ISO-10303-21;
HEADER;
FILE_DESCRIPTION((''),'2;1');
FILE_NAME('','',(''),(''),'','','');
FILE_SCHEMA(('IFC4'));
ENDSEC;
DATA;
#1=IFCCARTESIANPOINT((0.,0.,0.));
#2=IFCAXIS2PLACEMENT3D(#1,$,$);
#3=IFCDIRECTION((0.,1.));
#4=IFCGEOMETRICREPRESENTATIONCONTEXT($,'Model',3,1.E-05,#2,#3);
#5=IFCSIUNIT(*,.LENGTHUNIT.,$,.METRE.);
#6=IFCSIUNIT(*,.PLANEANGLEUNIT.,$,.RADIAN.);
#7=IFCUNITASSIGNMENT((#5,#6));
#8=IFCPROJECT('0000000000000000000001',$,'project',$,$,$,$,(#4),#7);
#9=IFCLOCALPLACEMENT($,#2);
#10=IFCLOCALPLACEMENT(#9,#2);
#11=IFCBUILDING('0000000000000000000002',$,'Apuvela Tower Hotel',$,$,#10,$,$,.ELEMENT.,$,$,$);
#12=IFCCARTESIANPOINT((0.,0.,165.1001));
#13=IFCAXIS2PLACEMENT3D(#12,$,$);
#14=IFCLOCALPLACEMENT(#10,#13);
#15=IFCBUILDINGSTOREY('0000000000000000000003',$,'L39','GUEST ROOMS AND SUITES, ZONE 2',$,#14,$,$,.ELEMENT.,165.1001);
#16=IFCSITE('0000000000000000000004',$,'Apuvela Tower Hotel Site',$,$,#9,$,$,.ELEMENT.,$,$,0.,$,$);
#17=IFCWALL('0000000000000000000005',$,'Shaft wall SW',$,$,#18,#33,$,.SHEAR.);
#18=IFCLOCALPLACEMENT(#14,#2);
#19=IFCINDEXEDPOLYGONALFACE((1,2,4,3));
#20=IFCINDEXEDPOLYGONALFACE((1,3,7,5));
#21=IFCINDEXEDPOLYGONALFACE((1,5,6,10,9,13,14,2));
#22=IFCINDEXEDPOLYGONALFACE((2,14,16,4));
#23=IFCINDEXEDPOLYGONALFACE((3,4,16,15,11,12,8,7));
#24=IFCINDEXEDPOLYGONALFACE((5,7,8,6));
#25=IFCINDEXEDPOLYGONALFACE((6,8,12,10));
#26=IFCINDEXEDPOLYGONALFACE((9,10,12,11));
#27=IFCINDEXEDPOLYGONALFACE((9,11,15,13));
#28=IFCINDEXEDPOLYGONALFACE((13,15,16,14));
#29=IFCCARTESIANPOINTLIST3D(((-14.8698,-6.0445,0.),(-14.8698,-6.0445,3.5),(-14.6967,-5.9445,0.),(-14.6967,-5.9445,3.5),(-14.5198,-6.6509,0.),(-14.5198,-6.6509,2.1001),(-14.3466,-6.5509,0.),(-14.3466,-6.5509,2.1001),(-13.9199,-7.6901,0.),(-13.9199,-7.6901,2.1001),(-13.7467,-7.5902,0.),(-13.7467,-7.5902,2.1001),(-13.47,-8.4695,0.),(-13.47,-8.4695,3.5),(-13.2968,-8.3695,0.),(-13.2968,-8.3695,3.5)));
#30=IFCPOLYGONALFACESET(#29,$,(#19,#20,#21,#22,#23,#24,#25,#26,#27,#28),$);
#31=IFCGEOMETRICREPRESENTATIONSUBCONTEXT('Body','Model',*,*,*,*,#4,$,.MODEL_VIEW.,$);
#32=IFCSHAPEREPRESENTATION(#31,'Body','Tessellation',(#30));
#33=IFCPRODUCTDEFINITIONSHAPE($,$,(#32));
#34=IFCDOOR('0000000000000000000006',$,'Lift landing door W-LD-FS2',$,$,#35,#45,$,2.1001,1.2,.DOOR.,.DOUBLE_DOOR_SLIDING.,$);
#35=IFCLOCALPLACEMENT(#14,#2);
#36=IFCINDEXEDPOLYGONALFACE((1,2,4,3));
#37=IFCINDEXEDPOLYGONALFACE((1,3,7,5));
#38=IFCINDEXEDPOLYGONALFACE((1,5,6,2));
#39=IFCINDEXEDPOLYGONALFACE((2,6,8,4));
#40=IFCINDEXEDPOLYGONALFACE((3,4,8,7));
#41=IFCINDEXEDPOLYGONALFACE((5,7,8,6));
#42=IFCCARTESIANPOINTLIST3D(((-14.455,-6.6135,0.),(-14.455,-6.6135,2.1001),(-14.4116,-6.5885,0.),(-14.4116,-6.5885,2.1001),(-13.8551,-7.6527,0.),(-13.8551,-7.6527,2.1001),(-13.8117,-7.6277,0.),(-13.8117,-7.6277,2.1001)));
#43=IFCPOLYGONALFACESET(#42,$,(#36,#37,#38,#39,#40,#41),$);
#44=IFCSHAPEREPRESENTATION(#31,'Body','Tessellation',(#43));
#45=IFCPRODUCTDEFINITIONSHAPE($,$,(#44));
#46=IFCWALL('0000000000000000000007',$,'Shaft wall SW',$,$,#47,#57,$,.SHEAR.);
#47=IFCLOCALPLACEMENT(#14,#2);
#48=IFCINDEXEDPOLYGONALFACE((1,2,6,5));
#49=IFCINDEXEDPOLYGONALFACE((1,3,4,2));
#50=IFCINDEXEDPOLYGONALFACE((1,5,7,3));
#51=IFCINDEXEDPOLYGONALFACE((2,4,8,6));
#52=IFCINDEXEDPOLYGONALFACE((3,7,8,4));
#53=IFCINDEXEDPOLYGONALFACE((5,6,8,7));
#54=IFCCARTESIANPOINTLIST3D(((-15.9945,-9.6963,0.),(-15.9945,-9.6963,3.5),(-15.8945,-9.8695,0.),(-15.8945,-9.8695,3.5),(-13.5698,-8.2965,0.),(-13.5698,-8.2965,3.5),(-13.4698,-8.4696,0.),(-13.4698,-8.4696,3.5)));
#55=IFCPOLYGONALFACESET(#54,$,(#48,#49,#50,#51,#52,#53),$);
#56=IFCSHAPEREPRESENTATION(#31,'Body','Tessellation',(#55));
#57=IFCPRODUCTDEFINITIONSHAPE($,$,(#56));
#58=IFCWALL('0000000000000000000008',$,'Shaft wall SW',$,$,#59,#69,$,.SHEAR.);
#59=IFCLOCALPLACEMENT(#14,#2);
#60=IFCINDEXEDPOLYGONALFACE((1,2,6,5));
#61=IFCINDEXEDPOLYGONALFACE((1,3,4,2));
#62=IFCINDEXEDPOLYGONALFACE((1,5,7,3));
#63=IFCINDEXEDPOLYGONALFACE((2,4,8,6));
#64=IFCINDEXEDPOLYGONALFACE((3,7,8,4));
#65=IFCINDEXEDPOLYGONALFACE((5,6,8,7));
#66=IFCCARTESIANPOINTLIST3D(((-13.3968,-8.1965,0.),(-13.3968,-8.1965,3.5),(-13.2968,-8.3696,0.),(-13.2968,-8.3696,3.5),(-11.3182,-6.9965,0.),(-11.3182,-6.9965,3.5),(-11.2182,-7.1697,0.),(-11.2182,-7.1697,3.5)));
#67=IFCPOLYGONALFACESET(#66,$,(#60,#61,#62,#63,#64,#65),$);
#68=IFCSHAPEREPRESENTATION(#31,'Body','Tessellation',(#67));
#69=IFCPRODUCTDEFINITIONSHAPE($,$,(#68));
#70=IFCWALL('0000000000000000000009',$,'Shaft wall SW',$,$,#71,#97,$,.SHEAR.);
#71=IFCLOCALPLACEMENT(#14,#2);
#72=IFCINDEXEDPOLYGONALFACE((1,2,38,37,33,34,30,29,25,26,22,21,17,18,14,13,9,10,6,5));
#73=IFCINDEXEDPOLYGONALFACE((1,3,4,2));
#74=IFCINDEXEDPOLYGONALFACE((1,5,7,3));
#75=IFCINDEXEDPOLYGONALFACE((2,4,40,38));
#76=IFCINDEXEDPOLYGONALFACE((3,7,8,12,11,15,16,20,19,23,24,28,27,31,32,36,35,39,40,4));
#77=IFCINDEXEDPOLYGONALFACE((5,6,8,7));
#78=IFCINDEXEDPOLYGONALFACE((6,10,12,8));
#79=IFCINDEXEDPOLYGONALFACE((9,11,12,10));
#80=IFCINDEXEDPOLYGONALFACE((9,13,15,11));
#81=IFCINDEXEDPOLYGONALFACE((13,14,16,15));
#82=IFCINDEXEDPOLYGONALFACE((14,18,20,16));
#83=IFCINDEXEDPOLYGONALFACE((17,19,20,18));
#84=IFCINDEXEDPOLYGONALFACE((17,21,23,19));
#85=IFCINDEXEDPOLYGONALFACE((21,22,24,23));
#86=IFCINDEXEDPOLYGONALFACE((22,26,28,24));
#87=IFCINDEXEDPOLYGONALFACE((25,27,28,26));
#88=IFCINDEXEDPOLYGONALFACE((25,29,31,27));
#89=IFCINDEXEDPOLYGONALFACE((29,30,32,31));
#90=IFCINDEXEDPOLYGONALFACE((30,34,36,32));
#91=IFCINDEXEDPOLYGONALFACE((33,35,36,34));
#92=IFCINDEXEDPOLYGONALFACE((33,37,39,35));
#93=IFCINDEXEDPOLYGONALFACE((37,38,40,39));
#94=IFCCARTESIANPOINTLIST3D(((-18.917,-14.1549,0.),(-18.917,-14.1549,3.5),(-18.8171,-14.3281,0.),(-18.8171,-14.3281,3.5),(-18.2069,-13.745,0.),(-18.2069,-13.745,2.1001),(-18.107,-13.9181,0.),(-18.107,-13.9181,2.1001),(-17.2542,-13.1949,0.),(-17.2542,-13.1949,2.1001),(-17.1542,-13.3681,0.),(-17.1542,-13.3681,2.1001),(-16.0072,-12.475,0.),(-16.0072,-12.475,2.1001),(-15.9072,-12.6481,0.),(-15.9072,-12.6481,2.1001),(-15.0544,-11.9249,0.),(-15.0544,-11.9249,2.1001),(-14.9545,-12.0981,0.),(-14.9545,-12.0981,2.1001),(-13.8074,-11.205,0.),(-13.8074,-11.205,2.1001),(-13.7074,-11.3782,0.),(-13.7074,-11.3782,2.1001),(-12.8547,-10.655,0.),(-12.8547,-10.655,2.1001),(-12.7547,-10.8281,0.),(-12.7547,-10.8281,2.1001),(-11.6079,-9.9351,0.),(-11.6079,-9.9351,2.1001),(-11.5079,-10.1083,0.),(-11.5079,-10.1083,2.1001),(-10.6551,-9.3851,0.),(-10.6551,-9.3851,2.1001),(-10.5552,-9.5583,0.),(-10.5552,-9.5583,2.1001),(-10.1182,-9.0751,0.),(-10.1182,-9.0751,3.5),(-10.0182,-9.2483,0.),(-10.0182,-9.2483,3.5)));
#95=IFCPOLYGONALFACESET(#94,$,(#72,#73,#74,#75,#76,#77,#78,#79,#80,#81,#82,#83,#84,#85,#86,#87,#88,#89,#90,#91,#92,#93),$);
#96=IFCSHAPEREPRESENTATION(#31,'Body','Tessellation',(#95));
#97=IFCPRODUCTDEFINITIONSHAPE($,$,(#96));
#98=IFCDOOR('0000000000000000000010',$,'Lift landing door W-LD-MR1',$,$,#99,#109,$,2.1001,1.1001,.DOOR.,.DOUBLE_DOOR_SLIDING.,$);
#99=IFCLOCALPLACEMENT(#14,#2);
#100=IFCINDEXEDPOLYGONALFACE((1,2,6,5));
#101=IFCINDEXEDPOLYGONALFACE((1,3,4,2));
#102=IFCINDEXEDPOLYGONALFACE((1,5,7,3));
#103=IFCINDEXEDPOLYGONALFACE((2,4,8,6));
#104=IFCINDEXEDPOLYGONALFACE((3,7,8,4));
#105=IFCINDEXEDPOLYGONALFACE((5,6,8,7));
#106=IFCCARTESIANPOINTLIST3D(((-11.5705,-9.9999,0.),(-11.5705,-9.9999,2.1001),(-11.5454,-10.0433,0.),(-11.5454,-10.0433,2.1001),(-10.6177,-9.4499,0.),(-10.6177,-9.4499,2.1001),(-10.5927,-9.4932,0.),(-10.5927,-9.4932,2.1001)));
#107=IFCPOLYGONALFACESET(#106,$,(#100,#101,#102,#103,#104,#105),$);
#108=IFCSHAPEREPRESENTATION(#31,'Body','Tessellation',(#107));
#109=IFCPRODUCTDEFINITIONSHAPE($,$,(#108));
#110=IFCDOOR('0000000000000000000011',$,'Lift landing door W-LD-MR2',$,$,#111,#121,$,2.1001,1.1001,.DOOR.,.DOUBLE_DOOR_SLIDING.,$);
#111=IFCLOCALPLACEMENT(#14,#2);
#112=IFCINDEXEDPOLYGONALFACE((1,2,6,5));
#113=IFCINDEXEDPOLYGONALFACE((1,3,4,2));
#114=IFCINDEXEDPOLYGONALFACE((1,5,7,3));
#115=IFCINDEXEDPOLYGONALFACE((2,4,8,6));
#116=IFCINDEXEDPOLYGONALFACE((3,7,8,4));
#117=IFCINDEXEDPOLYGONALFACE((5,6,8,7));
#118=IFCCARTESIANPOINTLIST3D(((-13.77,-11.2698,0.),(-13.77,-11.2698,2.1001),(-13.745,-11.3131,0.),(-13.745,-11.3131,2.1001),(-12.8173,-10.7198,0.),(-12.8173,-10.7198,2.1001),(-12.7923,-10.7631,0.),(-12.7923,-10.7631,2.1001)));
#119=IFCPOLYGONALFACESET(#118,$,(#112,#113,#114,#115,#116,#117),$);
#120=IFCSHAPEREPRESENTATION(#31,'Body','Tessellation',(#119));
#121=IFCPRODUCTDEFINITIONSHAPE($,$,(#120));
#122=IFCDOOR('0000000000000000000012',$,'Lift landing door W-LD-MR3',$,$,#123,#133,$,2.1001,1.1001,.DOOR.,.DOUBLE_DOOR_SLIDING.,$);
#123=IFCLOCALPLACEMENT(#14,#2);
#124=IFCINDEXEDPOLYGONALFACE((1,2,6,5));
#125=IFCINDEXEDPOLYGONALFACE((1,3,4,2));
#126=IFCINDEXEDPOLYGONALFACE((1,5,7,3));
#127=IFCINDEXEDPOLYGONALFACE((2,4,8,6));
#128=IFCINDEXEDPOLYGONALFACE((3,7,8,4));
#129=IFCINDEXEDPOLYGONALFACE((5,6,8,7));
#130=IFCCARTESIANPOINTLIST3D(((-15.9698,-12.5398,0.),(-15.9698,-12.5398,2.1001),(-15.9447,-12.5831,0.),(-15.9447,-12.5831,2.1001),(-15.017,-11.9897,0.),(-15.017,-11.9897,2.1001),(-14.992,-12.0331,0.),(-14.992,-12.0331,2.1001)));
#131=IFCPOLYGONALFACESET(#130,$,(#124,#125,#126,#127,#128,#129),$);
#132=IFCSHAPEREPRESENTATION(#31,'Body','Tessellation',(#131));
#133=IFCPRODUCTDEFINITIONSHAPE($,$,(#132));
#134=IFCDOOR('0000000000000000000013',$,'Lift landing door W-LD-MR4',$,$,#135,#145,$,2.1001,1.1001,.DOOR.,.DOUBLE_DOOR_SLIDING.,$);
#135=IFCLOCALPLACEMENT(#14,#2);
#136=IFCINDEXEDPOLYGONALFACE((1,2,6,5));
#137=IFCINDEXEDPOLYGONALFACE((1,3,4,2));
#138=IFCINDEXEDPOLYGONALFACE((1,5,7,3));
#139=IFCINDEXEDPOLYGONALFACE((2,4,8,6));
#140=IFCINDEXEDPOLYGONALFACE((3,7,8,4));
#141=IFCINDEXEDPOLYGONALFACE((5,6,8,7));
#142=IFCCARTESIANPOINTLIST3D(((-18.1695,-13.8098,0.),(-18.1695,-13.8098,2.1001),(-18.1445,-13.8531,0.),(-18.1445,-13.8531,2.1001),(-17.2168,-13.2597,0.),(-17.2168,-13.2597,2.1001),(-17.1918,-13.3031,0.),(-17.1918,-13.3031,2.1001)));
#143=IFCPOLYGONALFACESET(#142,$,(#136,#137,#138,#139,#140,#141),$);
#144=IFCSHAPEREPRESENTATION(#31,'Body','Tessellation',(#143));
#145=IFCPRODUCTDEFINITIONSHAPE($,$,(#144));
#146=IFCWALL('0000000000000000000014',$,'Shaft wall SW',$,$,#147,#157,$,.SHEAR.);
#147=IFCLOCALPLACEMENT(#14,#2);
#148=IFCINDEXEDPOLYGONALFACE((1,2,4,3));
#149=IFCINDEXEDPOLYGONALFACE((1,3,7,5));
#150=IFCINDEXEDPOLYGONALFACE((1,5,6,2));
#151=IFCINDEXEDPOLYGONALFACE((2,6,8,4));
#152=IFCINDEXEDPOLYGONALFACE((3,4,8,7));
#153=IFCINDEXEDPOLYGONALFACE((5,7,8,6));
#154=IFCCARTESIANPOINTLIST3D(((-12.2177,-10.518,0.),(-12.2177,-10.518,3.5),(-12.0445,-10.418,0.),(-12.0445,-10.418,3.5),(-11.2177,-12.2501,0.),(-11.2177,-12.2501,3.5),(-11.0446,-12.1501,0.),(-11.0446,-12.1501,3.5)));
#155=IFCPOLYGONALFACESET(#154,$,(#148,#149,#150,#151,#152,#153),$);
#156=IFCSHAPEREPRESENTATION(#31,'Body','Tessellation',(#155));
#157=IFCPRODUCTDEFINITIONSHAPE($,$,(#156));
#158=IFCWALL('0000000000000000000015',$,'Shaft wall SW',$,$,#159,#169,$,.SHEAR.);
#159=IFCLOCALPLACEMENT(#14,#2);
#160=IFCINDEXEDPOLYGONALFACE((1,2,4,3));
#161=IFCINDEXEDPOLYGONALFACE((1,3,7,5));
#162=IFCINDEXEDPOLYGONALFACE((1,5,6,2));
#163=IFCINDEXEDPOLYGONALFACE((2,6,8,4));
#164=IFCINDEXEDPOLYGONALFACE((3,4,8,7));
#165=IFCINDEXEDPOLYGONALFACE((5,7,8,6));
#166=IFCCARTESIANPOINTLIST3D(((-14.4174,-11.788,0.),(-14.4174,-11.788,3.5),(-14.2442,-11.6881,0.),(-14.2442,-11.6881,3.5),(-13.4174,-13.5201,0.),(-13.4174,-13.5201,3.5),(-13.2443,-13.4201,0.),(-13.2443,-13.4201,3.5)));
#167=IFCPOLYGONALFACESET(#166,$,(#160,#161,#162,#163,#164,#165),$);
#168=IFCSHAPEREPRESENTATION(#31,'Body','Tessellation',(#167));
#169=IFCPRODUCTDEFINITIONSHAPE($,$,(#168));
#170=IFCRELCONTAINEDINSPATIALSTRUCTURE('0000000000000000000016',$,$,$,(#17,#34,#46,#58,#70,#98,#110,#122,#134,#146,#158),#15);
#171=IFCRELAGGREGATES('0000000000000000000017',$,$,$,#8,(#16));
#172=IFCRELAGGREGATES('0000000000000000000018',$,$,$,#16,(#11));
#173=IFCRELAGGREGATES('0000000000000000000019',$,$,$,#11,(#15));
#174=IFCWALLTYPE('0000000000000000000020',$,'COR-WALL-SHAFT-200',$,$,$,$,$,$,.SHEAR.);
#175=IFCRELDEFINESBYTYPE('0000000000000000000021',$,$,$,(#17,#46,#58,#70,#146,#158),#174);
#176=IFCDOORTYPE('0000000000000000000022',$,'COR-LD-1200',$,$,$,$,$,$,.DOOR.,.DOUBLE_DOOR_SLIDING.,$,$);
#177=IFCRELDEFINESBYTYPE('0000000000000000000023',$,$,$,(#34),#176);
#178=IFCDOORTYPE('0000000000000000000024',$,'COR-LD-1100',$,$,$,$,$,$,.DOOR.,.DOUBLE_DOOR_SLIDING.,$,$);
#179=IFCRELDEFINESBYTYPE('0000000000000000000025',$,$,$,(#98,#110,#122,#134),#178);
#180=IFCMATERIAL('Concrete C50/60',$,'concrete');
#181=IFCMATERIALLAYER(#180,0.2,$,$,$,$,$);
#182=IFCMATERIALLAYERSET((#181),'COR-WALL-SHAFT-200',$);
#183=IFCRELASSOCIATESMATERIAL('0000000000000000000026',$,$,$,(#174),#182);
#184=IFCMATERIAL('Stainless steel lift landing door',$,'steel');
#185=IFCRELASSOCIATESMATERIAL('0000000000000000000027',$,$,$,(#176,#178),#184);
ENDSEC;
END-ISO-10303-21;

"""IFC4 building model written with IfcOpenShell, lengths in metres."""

from ifc_helpers import new_model, si_unit, direction, frame, frame_2d, origin, place, context, subcontext, project, spatial, rectangle, extrude, material, layer, layer_set, type_object, element, fill, save


model = new_model("IFC4")

# Units and contexts
model_context = context("Model", 3, precision=1e-05, world=origin(), true_north=direction((0.0, 1.0)))
body_context = subcontext(model_context, "Body", "Model", "MODEL_VIEW")
ifc_project = project(units=[si_unit("LENGTHUNIT", "METRE"), si_unit("PLANEANGLEUNIT", "RADIAN")], contexts=[model_context])

# Site, building, storey
site_placement = place(None, origin())
site = spatial("IfcSite", under=ifc_project, at=site_placement, Name="Apuvela Tower Hotel Site", CompositionType="ELEMENT", RefElevation=0.0)
building_placement = place(site_placement, origin())
building = spatial("IfcBuilding", under=site, at=building_placement, Name="Apuvela Tower Hotel", CompositionType="ELEMENT")
storey_placement = place(building_placement, frame((0.0, 0.0, 165.1001)))
storey = spatial("IfcBuildingStorey", under=building, at=storey_placement, Name="L39", Description="GUEST ROOMS AND SUITES, ZONE 2", CompositionType="ELEMENT", Elevation=165.1001)

# Shared definitions
ifc_material_1 = material(Name="Concrete C50/60", Category="concrete")

# Wall, opening, door
ifc_layer_1 = layer(ifc_material_1, 0.2)
ifc_layer_set_1 = layer_set([ifc_layer_1], Name="COR-WALL-SHAFT-200")
wall_type_1 = type_object("IfcWallType", Name="COR-WALL-SHAFT-200", PredefinedType="SHEAR", material=ifc_layer_set_1)
wall_1_placement = place(storey_placement, frame((-14.7832, -5.9946, 0.0), z_axis=(0.0, 0.0, 1.0), x_axis=(0.499946, -0.866056, 0.0)))
wall_1 = element("IfcWall", 1, at=wall_1_placement, inside=storey, type_object=wall_type_1, Name="Shaft wall SW", PredefinedType="SHEAR", context=body_context, shape_type="SweptSolid", body=[
    extrude(rectangle(XDim=2.8, YDim=0.2, at=frame_2d((1.3999, 0.0))), origin(), (0.0, 0.0, 1.0), 3.5),
])
opening_1_placement = place(wall_1_placement, frame((0.7, 0.0, 0.0)))
opening_1 = element("IfcOpeningElement", 2, at=opening_1_placement, cuts=wall_1, PredefinedType="OPENING", context=body_context, shape_type="SweptSolid", body=[
    extrude(rectangle(XDim=1.2, YDim=2.1001, at=frame_2d((0.6001, 1.05))), frame((0.0, 0.1099, 0.0), z_axis=(0.0, -1.0, 0.0), x_axis=(1.0, 0.0, 0.0)), (0.0, 0.0, 1.0), 0.22),
])
ifc_material_2 = material(Name="Stainless steel lift landing door", Category="steel")
door_type_1 = type_object("IfcDoorType", Name="COR-LD-1200", OperationType="DOUBLE_DOOR_SLIDING", PredefinedType="DOOR", material=ifc_material_2)
door_1_placement = place(opening_1_placement, origin())
door_1 = element("IfcDoor", 3, at=door_1_placement, inside=storey, type_object=door_type_1, Name="Lift landing door W-LD-FS2", OperationType="DOUBLE_DOOR_SLIDING", OverallHeight=2.1001, OverallWidth=1.2, PredefinedType="DOOR", context=body_context, shape_type="SweptSolid", body=[
    extrude(rectangle(XDim=1.2, YDim=2.1001, at=frame_2d((0.6001, 1.05))), frame((0.0, 0.0249, 0.0), z_axis=(0.0, -1.0, 0.0), x_axis=(1.0, 0.0, 0.0)), (0.0, 0.0, 1.0), 0.05),
])
fill(opening_1, door_1)

# Walls
wall_2_placement = place(storey_placement, frame((-13.5198, -8.3831, 0.0), z_axis=(0.0, 0.0, 1.0), x_axis=(-0.866035, -0.499984, 0.0)))
element("IfcWall", 4, at=wall_2_placement, inside=storey, type_object=wall_type_1, Name="Shaft wall SW", PredefinedType="SHEAR", context=body_context, shape_type="SweptSolid", body=[
    extrude(rectangle(XDim=2.7998, YDim=0.2, at=frame_2d((1.3999, 0.0))), origin(), (0.0, 0.0, 1.0), 3.5),
])
wall_3_placement = place(storey_placement, frame((-11.2681, -7.083, 0.0), z_axis=(0.0, 0.0, 1.0), x_axis=(-0.86605, -0.499957, 0.0)))
element("IfcWall", 5, at=wall_3_placement, inside=storey, type_object=wall_type_1, Name="Shaft wall SW", PredefinedType="SHEAR", context=body_context, shape_type="SweptSolid", body=[
    extrude(rectangle(XDim=2.4001, YDim=0.2, at=frame_2d((1.2002, 0.0))), origin(), (0.0, 0.0, 1.0), 3.5),
])

# Wall, openings, doors
wall_4_placement = place(storey_placement, frame((-10.0681, -9.1616, 0.0), z_axis=(0.0, 0.0, 1.0), x_axis=(-0.866033, -0.499987, 0.0)))
wall_4 = element("IfcWall", 6, at=wall_4_placement, inside=storey, type_object=wall_type_1, Name="Shaft wall SW", PredefinedType="SHEAR", context=body_context, shape_type="SweptSolid", body=[
    extrude(rectangle(XDim=10.1599, YDim=0.2, at=frame_2d((5.0801, 0.0))), origin(), (0.0, 0.0, 1.0), 3.5),
])
opening_2_placement = place(wall_4_placement, frame((0.6201, 0.0, 0.0)))
opening_2 = element("IfcOpeningElement", 7, at=opening_2_placement, cuts=wall_4, PredefinedType="OPENING", context=body_context, shape_type="SweptSolid", body=[
    extrude(rectangle(XDim=1.1001, YDim=2.1001, at=frame_2d((0.55, 1.05))), frame((0.0, 0.1099, 0.0), z_axis=(0.0, -1.0, 0.0), x_axis=(1.0, 0.0, 0.0)), (0.0, 0.0, 1.0), 0.22),
])
opening_3_placement = place(wall_4_placement, frame((3.1599, 0.0, 0.0)))
opening_3 = element("IfcOpeningElement", 8, at=opening_3_placement, cuts=wall_4, PredefinedType="OPENING", context=body_context, shape_type="SweptSolid", body=[
    extrude(rectangle(XDim=1.1001, YDim=2.1001, at=frame_2d((0.55, 1.05))), frame((0.0, 0.1099, 0.0), z_axis=(0.0, -1.0, 0.0), x_axis=(1.0, 0.0, 0.0)), (0.0, 0.0, 1.0), 0.22),
])
opening_4_placement = place(wall_4_placement, frame((5.7, 0.0, 0.0)))
opening_4 = element("IfcOpeningElement", 9, at=opening_4_placement, cuts=wall_4, PredefinedType="OPENING", context=body_context, shape_type="SweptSolid", body=[
    extrude(rectangle(XDim=1.1001, YDim=2.1001, at=frame_2d((0.55, 1.05))), frame((0.0, 0.1099, 0.0), z_axis=(0.0, -1.0, 0.0), x_axis=(1.0, 0.0, 0.0)), (0.0, 0.0, 1.0), 0.22),
])
opening_5_placement = place(wall_4_placement, frame((8.24, 0.0, 0.0)))
opening_5 = element("IfcOpeningElement", 10, at=opening_5_placement, cuts=wall_4, PredefinedType="OPENING", context=body_context, shape_type="SweptSolid", body=[
    extrude(rectangle(XDim=1.1001, YDim=2.1001, at=frame_2d((0.55, 1.05))), frame((0.0, 0.1099, 0.0), z_axis=(0.0, -1.0, 0.0), x_axis=(1.0, 0.0, 0.0)), (0.0, 0.0, 1.0), 0.22),
])
door_type_2 = type_object("IfcDoorType", Name="COR-LD-1100", OperationType="DOUBLE_DOOR_SLIDING", PredefinedType="DOOR", material=ifc_material_2)
door_2_placement = place(opening_2_placement, origin())
door_2 = element("IfcDoor", 11, at=door_2_placement, inside=storey, type_object=door_type_2, Name="Lift landing door W-LD-MR1", OperationType="DOUBLE_DOOR_SLIDING", OverallHeight=2.1001, OverallWidth=1.1001, PredefinedType="DOOR", context=body_context, shape_type="SweptSolid", body=[
    extrude(rectangle(XDim=1.1001, YDim=2.1001, at=frame_2d((0.55, 1.05))), frame((0.0, 0.0249, 0.0), z_axis=(0.0, -1.0, 0.0), x_axis=(1.0, 0.0, 0.0)), (0.0, 0.0, 1.0), 0.05),
])
fill(opening_2, door_2)
door_3_placement = place(opening_3_placement, origin())
door_3 = element("IfcDoor", 12, at=door_3_placement, inside=storey, type_object=door_type_2, Name="Lift landing door W-LD-MR2", OperationType="DOUBLE_DOOR_SLIDING", OverallHeight=2.1001, OverallWidth=1.1001, PredefinedType="DOOR", context=body_context, shape_type="SweptSolid", body=[
    extrude(rectangle(XDim=1.1001, YDim=2.1001, at=frame_2d((0.55, 1.05))), frame((0.0, 0.0249, 0.0), z_axis=(0.0, -1.0, 0.0), x_axis=(1.0, 0.0, 0.0)), (0.0, 0.0, 1.0), 0.05),
])
fill(opening_3, door_3)
door_4_placement = place(opening_4_placement, origin())
door_4 = element("IfcDoor", 13, at=door_4_placement, inside=storey, type_object=door_type_2, Name="Lift landing door W-LD-MR3", OperationType="DOUBLE_DOOR_SLIDING", OverallHeight=2.1001, OverallWidth=1.1001, PredefinedType="DOOR", context=body_context, shape_type="SweptSolid", body=[
    extrude(rectangle(XDim=1.1001, YDim=2.1001, at=frame_2d((0.55, 1.05))), frame((0.0, 0.0249, 0.0), z_axis=(0.0, -1.0, 0.0), x_axis=(1.0, 0.0, 0.0)), (0.0, 0.0, 1.0), 0.05),
])
fill(opening_4, door_4)
door_5_placement = place(opening_5_placement, origin())
door_5 = element("IfcDoor", 14, at=door_5_placement, inside=storey, type_object=door_type_2, Name="Lift landing door W-LD-MR4", OperationType="DOUBLE_DOOR_SLIDING", OverallHeight=2.1001, OverallWidth=1.1001, PredefinedType="DOOR", context=body_context, shape_type="SweptSolid", body=[
    extrude(rectangle(XDim=1.1001, YDim=2.1001, at=frame_2d((0.55, 1.05))), frame((0.0, 0.0249, 0.0), z_axis=(0.0, -1.0, 0.0), x_axis=(1.0, 0.0, 0.0)), (0.0, 0.0, 1.0), 0.05),
])
fill(opening_5, door_5)

# Walls
for number, where, z_axis, x_axis, name in (
    (15, (-12.1311, -10.468, 0.0), (0.0, 0.0, 1.0), (0.499973, -0.866041, 0.0), "Shaft wall SW"),
    (16, (-14.3308, -11.738, 0.0), (0.0, 0.0, 1.0), (0.499973, -0.866041, 0.0), "Shaft wall SW"),
):
    element("IfcWall", number, at=place(storey_placement, frame(where, z_axis=z_axis, x_axis=x_axis)), inside=storey, type_object=wall_type_1, Name=name, PredefinedType="SHEAR", context=body_context, shape_type="SweptSolid", body=[
        extrude(rectangle(XDim=2.0, YDim=0.2, at=frame_2d((1.0, 0.0))), origin(), (0.0, 0.0, 1.0), 3.5),
    ])

save(model, "model.ifc")
